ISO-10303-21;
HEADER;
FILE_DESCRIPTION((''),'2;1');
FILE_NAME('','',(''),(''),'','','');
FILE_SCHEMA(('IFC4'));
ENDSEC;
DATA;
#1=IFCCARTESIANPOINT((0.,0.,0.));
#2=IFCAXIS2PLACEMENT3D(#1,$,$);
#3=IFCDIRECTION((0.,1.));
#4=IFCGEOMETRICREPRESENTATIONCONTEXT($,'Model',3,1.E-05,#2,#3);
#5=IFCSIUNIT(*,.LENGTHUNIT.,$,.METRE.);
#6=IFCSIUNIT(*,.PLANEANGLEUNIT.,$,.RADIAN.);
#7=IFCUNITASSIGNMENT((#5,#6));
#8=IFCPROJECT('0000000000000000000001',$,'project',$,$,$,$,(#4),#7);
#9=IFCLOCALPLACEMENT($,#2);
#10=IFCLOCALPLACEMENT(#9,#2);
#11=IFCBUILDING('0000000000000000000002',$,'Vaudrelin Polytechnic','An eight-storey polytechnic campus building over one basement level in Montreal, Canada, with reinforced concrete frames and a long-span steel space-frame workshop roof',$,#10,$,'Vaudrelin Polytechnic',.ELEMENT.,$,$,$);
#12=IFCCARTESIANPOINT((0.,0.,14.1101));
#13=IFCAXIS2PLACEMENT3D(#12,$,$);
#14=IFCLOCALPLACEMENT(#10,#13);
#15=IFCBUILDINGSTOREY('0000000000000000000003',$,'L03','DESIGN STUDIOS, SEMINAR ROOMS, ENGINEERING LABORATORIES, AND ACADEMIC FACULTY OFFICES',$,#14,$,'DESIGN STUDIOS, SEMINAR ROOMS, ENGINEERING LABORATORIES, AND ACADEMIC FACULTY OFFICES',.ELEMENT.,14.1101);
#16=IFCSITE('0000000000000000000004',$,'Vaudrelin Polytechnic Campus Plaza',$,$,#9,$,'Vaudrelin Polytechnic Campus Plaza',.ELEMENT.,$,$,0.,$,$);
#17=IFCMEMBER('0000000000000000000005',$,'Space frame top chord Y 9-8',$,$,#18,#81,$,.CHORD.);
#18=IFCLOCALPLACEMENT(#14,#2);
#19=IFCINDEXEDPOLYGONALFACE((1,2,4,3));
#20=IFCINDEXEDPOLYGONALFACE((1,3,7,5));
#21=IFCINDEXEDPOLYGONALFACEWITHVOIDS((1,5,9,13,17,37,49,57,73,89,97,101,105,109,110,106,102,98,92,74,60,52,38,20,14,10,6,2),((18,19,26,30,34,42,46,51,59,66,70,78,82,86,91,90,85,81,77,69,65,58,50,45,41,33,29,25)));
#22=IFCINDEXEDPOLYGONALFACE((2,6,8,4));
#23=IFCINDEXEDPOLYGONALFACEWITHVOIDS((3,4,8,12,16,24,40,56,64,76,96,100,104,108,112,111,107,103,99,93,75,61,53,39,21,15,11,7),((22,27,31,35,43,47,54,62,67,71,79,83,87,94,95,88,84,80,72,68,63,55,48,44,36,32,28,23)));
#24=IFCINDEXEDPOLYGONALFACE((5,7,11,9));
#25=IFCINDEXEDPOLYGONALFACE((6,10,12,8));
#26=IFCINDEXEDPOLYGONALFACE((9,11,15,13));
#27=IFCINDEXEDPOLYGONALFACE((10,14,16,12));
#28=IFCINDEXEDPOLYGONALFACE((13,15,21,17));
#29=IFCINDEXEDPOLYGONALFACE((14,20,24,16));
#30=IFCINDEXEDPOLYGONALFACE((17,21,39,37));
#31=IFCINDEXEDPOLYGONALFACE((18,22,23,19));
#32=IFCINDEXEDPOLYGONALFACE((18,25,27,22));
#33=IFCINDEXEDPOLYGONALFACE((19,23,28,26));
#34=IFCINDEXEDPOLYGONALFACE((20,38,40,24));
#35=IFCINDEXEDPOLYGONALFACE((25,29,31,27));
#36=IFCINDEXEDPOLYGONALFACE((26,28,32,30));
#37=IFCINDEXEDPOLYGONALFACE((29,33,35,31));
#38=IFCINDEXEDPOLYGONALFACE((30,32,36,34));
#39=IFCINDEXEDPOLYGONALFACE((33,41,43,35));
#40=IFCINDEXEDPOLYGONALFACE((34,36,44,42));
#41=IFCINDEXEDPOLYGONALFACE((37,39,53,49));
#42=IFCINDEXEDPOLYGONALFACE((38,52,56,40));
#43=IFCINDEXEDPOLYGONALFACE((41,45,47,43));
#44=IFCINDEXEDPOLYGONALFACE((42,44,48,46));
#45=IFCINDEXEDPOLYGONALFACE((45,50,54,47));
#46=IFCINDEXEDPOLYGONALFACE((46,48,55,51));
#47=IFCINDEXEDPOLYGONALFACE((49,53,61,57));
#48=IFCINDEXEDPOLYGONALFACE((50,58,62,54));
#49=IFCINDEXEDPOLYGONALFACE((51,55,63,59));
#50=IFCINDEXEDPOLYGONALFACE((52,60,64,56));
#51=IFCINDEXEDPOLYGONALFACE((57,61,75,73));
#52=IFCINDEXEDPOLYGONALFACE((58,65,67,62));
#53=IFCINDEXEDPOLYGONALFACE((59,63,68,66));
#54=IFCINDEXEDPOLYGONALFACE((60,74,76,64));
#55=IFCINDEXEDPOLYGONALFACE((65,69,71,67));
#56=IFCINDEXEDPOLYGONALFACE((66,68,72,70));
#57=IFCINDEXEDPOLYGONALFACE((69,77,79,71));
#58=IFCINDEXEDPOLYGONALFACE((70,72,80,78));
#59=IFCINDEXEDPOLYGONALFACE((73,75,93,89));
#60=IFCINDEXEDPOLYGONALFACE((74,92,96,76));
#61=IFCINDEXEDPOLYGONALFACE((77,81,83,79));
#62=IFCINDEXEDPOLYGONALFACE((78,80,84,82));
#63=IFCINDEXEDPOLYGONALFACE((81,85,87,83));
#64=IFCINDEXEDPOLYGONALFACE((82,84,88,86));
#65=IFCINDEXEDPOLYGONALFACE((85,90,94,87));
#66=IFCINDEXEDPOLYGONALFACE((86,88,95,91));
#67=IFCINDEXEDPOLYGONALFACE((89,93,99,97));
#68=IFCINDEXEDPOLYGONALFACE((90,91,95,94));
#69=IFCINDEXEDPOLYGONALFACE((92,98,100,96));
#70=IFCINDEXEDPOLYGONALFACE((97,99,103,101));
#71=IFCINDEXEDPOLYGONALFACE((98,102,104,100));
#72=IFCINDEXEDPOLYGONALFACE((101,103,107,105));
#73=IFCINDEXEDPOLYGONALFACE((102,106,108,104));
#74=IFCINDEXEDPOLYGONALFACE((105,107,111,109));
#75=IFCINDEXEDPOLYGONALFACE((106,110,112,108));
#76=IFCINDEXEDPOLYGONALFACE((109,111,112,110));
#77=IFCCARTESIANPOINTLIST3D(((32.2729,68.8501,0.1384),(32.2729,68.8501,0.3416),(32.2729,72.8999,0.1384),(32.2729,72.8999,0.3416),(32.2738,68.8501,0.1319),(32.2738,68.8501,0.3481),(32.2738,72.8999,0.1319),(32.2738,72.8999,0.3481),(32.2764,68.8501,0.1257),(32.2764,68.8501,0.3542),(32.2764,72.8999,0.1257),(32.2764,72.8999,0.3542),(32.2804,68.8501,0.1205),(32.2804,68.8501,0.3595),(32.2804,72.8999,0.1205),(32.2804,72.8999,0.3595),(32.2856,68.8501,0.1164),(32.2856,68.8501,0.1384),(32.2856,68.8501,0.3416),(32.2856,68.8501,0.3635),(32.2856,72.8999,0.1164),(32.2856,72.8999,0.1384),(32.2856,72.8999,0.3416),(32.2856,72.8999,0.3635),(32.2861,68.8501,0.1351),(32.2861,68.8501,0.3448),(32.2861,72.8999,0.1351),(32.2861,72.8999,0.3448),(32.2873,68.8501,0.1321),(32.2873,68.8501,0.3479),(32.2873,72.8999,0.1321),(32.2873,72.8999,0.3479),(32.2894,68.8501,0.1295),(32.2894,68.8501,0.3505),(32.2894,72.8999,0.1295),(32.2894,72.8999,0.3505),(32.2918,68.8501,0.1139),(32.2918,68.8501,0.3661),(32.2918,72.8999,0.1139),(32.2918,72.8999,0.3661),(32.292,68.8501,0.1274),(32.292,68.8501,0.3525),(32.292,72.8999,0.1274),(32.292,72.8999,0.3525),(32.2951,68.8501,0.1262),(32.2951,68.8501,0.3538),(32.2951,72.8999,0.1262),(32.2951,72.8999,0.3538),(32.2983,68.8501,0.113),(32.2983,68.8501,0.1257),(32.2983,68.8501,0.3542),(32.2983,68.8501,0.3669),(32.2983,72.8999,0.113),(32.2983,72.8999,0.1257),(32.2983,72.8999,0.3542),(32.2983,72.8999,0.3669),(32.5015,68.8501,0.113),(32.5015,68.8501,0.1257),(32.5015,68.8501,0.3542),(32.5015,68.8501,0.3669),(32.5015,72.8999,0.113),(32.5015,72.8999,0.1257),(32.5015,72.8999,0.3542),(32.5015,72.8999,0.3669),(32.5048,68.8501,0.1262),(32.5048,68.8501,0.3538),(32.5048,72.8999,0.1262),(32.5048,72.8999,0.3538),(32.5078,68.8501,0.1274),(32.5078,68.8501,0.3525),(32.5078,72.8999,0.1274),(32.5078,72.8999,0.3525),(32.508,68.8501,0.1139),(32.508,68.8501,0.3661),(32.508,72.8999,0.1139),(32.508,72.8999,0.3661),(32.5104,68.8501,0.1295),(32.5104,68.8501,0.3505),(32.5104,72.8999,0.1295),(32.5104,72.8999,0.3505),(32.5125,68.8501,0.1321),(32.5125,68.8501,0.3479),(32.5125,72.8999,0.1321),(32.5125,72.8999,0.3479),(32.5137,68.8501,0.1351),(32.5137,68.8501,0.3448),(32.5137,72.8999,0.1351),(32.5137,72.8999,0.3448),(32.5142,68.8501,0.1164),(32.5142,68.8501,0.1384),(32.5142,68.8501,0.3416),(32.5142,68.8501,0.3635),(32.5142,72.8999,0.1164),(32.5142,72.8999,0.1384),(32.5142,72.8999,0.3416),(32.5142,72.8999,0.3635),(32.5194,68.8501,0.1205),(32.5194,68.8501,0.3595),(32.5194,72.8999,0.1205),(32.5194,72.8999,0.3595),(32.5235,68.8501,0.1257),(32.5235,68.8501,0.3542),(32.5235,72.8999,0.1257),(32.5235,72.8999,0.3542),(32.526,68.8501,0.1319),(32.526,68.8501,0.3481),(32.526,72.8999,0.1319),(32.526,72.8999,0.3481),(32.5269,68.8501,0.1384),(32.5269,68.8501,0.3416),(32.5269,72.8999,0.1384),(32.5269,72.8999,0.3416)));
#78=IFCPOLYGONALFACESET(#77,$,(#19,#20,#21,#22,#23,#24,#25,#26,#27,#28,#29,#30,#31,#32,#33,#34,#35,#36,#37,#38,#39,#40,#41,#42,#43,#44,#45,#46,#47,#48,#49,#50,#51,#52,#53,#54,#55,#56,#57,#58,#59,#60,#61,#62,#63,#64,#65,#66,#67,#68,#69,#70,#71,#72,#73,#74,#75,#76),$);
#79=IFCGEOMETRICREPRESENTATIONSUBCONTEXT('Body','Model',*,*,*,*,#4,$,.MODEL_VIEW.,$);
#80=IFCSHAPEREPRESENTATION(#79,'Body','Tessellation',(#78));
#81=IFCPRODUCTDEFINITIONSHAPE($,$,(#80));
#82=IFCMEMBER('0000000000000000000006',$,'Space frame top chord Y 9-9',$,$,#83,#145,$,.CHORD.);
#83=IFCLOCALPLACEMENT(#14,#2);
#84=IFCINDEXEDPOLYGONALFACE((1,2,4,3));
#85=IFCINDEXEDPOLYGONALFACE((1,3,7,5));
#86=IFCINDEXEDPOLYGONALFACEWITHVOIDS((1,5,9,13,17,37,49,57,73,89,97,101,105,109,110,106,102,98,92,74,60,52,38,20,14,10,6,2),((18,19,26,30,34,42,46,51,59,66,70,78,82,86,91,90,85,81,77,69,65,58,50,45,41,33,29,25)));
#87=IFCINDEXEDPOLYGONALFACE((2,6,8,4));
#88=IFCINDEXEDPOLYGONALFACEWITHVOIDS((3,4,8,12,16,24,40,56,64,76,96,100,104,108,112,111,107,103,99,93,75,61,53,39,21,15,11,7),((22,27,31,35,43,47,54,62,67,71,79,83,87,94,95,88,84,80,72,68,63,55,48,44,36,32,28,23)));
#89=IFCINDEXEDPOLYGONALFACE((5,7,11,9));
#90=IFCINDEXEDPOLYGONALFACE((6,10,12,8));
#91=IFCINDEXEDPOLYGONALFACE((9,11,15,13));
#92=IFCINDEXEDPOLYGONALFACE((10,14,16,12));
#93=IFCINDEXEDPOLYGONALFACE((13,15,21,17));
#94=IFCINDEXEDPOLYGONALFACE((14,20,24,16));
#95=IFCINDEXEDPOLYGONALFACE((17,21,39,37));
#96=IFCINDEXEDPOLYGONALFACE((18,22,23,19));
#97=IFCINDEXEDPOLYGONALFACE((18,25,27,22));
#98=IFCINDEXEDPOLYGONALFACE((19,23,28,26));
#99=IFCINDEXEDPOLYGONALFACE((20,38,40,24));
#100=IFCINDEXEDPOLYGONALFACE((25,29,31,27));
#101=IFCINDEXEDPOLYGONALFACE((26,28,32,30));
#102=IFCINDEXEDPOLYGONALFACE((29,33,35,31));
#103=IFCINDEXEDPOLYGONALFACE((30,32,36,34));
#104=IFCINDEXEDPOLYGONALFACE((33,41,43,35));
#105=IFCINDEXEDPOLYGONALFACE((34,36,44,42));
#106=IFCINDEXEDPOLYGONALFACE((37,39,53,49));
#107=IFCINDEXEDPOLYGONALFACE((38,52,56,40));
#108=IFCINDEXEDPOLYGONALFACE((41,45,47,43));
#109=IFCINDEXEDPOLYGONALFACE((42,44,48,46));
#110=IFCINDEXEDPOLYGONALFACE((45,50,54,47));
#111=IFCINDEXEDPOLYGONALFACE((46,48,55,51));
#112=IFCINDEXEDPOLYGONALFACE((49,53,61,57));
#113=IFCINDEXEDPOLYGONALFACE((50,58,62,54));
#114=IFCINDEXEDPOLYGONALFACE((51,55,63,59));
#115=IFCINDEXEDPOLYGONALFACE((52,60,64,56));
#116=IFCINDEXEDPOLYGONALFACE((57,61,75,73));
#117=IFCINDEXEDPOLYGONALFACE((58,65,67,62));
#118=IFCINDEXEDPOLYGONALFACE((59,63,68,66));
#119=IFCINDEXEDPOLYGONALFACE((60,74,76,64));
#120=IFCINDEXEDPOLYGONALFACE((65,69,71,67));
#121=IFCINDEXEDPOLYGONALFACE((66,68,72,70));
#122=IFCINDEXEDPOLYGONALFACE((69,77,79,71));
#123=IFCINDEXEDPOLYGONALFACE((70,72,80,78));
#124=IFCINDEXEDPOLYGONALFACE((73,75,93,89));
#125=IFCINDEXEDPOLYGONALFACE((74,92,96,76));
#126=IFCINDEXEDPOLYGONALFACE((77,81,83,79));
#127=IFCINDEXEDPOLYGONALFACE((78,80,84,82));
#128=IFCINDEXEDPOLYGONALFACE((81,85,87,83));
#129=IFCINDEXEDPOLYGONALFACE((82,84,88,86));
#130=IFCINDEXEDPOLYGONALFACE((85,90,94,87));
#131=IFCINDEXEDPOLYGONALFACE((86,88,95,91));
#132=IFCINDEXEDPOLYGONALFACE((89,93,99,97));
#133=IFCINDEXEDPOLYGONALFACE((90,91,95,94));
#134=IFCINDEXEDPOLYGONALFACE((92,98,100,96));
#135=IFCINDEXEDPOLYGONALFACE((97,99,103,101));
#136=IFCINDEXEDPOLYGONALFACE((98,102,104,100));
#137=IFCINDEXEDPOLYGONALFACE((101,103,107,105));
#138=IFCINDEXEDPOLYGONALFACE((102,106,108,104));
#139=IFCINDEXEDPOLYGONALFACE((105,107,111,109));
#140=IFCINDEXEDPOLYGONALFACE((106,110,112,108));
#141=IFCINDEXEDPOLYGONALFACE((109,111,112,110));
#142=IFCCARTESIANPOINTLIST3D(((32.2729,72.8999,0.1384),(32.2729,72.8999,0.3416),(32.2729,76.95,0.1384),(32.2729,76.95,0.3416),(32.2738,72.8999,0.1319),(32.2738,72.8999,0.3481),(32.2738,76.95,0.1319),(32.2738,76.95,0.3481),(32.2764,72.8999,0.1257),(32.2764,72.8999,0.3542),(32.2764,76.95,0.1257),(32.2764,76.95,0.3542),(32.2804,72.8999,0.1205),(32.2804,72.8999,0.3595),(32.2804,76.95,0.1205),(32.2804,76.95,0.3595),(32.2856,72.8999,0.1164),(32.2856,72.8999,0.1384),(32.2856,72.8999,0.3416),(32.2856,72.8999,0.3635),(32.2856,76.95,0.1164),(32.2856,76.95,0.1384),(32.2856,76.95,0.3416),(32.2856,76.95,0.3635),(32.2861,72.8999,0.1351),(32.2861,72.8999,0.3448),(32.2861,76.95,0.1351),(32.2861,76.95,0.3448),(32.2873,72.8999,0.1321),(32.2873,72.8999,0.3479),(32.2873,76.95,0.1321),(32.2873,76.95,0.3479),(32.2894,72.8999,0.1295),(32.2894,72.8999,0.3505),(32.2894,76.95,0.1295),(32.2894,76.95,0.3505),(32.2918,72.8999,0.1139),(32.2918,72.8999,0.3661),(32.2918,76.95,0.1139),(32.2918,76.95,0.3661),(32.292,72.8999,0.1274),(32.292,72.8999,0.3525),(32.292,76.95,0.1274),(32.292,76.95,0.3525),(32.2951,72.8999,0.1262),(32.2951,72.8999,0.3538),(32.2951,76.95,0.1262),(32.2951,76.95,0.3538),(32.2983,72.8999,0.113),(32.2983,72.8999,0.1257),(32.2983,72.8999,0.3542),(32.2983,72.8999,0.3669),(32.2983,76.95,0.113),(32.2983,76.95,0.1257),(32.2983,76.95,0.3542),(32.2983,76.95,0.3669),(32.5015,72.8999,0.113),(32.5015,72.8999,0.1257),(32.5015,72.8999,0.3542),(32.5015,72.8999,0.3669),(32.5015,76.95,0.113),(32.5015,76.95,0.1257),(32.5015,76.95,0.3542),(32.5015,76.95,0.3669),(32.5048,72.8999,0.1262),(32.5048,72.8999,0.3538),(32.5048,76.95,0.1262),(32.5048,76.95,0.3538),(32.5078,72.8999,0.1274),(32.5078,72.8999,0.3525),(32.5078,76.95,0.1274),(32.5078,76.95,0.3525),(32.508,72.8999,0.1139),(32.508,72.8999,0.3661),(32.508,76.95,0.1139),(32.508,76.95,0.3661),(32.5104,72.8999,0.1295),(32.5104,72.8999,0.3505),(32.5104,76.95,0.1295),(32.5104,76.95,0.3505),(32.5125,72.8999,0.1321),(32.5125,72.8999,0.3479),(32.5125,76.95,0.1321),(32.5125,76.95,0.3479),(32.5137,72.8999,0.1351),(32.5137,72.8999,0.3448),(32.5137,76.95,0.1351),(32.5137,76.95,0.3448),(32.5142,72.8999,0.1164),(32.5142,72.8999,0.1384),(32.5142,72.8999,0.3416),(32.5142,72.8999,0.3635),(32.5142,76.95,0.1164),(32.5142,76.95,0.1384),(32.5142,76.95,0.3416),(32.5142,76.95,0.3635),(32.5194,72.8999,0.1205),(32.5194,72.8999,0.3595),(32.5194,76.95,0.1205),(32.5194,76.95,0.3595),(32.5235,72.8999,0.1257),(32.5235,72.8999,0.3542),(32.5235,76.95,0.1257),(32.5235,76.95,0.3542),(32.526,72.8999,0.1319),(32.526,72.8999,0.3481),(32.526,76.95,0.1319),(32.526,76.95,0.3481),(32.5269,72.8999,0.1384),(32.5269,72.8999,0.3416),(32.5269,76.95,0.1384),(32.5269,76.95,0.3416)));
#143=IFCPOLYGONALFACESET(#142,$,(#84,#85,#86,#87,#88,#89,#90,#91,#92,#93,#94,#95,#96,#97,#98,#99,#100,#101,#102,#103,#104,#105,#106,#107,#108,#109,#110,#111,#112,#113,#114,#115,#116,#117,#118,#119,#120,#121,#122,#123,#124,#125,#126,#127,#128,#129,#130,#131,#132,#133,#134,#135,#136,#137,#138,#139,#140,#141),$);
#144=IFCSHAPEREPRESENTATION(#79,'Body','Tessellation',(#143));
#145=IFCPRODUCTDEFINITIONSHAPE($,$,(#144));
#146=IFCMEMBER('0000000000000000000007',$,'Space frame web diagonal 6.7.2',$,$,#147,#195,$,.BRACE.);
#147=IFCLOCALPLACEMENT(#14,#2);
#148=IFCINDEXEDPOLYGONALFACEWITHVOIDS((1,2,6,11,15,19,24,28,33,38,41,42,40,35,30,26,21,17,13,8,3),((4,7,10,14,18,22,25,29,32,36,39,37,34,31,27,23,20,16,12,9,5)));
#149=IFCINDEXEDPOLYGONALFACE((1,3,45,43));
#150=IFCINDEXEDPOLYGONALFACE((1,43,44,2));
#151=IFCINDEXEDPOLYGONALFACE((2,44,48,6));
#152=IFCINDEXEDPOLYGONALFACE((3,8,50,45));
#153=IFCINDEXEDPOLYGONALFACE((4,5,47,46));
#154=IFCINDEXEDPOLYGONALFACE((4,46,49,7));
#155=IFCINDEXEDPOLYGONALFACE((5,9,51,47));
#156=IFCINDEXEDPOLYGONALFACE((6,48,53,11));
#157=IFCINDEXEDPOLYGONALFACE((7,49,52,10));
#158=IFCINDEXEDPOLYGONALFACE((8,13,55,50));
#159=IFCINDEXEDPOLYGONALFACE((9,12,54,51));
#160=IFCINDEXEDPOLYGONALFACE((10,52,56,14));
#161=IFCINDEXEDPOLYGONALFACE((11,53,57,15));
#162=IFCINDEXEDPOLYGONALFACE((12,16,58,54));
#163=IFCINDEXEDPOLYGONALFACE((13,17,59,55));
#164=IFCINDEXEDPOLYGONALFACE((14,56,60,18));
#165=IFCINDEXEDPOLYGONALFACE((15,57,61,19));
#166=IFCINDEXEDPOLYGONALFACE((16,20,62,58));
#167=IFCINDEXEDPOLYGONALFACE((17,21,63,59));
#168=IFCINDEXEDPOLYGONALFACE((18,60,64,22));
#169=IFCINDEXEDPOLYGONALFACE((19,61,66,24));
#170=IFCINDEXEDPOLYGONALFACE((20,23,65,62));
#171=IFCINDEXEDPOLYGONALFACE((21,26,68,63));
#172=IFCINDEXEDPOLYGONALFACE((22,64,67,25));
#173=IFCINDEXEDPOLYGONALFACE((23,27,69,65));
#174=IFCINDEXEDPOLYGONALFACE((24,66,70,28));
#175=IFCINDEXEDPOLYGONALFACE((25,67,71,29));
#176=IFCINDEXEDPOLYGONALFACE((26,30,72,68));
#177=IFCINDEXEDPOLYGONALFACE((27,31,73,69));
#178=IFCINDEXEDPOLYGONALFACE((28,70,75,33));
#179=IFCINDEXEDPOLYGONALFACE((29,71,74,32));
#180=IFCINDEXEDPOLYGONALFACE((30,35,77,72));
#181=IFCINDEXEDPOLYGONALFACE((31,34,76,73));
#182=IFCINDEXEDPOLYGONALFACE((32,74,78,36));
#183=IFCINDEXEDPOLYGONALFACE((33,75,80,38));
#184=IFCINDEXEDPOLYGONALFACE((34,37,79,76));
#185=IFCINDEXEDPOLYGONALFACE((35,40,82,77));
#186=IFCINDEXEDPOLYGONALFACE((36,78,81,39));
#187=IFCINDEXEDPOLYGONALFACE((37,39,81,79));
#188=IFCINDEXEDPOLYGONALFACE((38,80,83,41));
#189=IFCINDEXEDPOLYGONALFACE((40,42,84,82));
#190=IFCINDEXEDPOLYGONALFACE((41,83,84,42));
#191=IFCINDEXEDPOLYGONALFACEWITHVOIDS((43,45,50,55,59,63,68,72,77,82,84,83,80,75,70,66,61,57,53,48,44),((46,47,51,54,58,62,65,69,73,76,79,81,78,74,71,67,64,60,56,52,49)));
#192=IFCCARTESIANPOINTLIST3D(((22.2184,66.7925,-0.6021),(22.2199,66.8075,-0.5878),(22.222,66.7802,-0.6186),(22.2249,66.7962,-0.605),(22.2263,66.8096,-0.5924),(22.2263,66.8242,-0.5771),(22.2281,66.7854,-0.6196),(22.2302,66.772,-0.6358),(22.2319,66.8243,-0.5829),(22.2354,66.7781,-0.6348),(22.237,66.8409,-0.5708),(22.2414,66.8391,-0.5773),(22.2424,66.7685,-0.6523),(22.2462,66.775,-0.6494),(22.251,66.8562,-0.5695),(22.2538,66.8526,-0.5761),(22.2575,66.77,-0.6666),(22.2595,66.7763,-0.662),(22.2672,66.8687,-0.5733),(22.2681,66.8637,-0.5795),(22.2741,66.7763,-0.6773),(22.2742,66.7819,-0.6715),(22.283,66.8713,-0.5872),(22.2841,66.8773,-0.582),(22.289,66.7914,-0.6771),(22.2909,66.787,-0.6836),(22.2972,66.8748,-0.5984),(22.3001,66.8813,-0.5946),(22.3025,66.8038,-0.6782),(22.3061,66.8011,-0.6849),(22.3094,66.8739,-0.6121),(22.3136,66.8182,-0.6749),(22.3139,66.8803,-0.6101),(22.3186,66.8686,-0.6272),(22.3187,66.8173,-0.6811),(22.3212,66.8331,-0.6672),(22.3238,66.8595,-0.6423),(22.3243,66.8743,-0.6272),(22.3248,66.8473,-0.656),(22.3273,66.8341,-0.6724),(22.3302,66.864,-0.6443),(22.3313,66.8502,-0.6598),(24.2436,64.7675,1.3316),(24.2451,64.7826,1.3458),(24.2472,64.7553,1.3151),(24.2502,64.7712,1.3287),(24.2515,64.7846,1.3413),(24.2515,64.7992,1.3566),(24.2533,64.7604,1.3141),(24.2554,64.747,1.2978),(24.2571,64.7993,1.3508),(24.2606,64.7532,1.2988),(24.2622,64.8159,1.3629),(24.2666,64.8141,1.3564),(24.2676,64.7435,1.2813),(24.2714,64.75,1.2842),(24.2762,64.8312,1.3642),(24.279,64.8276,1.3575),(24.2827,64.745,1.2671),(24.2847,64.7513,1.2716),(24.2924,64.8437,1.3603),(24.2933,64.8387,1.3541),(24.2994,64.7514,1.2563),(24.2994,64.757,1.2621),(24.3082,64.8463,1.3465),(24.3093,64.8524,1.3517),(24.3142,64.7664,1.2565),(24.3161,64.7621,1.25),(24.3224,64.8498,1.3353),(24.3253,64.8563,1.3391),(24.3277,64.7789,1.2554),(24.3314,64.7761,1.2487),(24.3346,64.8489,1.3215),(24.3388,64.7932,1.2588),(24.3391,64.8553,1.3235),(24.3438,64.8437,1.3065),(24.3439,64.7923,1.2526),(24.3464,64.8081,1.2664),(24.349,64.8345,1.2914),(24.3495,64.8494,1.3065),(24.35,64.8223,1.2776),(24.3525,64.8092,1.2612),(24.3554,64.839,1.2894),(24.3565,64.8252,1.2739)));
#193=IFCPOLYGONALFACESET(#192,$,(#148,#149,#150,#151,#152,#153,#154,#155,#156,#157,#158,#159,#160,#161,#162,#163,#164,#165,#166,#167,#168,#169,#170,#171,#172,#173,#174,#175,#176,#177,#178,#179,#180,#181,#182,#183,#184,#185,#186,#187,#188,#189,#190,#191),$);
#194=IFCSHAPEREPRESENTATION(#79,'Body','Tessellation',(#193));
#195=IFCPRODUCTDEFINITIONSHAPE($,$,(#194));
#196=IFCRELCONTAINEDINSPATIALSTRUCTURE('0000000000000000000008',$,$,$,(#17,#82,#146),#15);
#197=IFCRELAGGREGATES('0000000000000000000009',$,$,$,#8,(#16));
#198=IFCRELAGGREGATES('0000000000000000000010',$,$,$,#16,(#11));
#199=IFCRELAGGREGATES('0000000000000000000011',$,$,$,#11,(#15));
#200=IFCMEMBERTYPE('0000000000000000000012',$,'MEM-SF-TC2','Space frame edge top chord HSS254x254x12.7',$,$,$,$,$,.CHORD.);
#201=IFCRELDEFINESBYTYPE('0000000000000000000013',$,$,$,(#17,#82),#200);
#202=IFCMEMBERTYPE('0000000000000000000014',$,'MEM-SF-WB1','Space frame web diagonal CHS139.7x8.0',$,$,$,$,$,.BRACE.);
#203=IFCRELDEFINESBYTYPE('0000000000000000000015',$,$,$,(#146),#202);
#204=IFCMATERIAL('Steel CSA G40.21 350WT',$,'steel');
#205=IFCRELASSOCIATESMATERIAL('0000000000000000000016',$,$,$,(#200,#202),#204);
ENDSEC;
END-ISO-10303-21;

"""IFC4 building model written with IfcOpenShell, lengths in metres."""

from ifc_helpers import new_model, si_unit, direction, frame, origin, origin_2d, place, context, subcontext, project, spatial, hollow_rectangle, hollow_circle, extrude, material, material_profile, profile_set, type_object, element, save


model = new_model("IFC4")

# Units and contexts
model_context = context("Model", 3, precision=1e-05, world=origin(), true_north=direction((0.0, 1.0)))
body_context = subcontext(model_context, "Body", "Model", "MODEL_VIEW")
ifc_project = project(units=[si_unit("LENGTHUNIT", "METRE"), si_unit("PLANEANGLEUNIT", "RADIAN")], contexts=[model_context])

# Site, building, storey
site_placement = place(None, origin())
site = spatial("IfcSite", under=ifc_project, at=site_placement, Name="Vaudrelin Polytechnic Campus Plaza", LongName="Vaudrelin Polytechnic Campus Plaza", CompositionType="ELEMENT", RefElevation=0.0)
building_placement = place(site_placement, origin())
building = spatial("IfcBuilding", under=site, at=building_placement, Name="Vaudrelin Polytechnic", Description="An eight-storey polytechnic campus building over one basement level in Montreal, Canada, with reinforced concrete frames and a long-span steel space-frame workshop roof", LongName="Vaudrelin Polytechnic", CompositionType="ELEMENT")
storey_placement = place(building_placement, frame((0.0, 0.0, 14.1101)))
storey = spatial("IfcBuildingStorey", under=building, at=storey_placement, Name="L03", Description="DESIGN STUDIOS, SEMINAR ROOMS, ENGINEERING LABORATORIES, AND ACADEMIC FACULTY OFFICES", LongName="DESIGN STUDIOS, SEMINAR ROOMS, ENGINEERING LABORATORIES, AND ACADEMIC FACULTY OFFICES", CompositionType="ELEMENT", Elevation=14.1101)

# Members
ifc_material_1 = material(Name="Steel CSA G40.21 350WT", Category="steel")
ifc_material_profile_1 = material_profile(ifc_material_1, hollow_rectangle(XDim=0.2539, YDim=0.2539, WallThickness=0.0127, InnerFilletRadius=0.0127, OuterFilletRadius=0.0254, at=origin_2d()), Name="HSS254x254x12.7")
ifc_profile_set_1 = profile_set([ifc_material_profile_1], Name="Steel CSA G40.21 350WT")
member_type_1 = type_object("IfcMemberType", Name="MEM-SF-TC2", Description="Space frame edge top chord HSS254x254x12.7", PredefinedType="CHORD", material=ifc_profile_set_1)
member_1_placement = place(storey_placement, frame((32.3999, 68.8501, 0.24), z_axis=(0.0, 1.0, 0.0), x_axis=(-1.0, 0.0, 0.0)))
element("IfcMember", 1, at=member_1_placement, inside=storey, type_object=member_type_1, Name="Space frame top chord Y 9-8", PredefinedType="CHORD", context=body_context, shape_type="SweptSolid", body=[
    extrude(hollow_rectangle(XDim=0.2539, YDim=0.2539, WallThickness=0.0127, InnerFilletRadius=0.0127, OuterFilletRadius=0.0254, at=origin_2d()), origin(), (0.0, 0.0, 1.0), 4.0498),
])
member_2_placement = place(storey_placement, frame((32.3999, 72.8999, 0.24), z_axis=(0.0, 1.0, 0.0), x_axis=(-1.0, 0.0, 0.0)))
element("IfcMember", 2, at=member_2_placement, inside=storey, type_object=member_type_1, Name="Space frame top chord Y 9-9", PredefinedType="CHORD", context=body_context, shape_type="SweptSolid", body=[
    extrude(hollow_rectangle(XDim=0.2539, YDim=0.2539, WallThickness=0.0127, InnerFilletRadius=0.0127, OuterFilletRadius=0.0254, at=origin_2d()), origin(), (0.0, 0.0, 1.0), 4.05),
])
ifc_material_profile_2 = material_profile(ifc_material_1, hollow_circle(Radius=0.0698, WallThickness=0.0081, at=origin_2d()), Name="CHS139.7x8.0")
ifc_profile_set_2 = profile_set([ifc_material_profile_2], Name="Steel CSA G40.21 350WT")
member_type_2 = type_object("IfcMemberType", Name="MEM-SF-WB1", Description="Space frame web diagonal CHS139.7x8.0", PredefinedType="BRACE", material=ifc_profile_set_2)
for number, where, z_axis, x_axis, name in (
    (3, (22.2749, 66.825, -0.6272), (0.586071, -0.586, 0.559576), (0.707064, 0.707149, 0.0), "Space frame web diagonal 6.7.2"),
):
    element("IfcMember", number, at=place(storey_placement, frame(where, z_axis=z_axis, x_axis=x_axis)), inside=storey, type_object=member_type_2, Name=name, PredefinedType="BRACE", context=body_context, shape_type="SweptSolid", body=[
        extrude(hollow_circle(Radius=0.0698, WallThickness=0.0081, at=origin_2d()), origin(), (0.0, 0.0, 1.0), 3.4556),
    ])

save(model, "model.ifc")
